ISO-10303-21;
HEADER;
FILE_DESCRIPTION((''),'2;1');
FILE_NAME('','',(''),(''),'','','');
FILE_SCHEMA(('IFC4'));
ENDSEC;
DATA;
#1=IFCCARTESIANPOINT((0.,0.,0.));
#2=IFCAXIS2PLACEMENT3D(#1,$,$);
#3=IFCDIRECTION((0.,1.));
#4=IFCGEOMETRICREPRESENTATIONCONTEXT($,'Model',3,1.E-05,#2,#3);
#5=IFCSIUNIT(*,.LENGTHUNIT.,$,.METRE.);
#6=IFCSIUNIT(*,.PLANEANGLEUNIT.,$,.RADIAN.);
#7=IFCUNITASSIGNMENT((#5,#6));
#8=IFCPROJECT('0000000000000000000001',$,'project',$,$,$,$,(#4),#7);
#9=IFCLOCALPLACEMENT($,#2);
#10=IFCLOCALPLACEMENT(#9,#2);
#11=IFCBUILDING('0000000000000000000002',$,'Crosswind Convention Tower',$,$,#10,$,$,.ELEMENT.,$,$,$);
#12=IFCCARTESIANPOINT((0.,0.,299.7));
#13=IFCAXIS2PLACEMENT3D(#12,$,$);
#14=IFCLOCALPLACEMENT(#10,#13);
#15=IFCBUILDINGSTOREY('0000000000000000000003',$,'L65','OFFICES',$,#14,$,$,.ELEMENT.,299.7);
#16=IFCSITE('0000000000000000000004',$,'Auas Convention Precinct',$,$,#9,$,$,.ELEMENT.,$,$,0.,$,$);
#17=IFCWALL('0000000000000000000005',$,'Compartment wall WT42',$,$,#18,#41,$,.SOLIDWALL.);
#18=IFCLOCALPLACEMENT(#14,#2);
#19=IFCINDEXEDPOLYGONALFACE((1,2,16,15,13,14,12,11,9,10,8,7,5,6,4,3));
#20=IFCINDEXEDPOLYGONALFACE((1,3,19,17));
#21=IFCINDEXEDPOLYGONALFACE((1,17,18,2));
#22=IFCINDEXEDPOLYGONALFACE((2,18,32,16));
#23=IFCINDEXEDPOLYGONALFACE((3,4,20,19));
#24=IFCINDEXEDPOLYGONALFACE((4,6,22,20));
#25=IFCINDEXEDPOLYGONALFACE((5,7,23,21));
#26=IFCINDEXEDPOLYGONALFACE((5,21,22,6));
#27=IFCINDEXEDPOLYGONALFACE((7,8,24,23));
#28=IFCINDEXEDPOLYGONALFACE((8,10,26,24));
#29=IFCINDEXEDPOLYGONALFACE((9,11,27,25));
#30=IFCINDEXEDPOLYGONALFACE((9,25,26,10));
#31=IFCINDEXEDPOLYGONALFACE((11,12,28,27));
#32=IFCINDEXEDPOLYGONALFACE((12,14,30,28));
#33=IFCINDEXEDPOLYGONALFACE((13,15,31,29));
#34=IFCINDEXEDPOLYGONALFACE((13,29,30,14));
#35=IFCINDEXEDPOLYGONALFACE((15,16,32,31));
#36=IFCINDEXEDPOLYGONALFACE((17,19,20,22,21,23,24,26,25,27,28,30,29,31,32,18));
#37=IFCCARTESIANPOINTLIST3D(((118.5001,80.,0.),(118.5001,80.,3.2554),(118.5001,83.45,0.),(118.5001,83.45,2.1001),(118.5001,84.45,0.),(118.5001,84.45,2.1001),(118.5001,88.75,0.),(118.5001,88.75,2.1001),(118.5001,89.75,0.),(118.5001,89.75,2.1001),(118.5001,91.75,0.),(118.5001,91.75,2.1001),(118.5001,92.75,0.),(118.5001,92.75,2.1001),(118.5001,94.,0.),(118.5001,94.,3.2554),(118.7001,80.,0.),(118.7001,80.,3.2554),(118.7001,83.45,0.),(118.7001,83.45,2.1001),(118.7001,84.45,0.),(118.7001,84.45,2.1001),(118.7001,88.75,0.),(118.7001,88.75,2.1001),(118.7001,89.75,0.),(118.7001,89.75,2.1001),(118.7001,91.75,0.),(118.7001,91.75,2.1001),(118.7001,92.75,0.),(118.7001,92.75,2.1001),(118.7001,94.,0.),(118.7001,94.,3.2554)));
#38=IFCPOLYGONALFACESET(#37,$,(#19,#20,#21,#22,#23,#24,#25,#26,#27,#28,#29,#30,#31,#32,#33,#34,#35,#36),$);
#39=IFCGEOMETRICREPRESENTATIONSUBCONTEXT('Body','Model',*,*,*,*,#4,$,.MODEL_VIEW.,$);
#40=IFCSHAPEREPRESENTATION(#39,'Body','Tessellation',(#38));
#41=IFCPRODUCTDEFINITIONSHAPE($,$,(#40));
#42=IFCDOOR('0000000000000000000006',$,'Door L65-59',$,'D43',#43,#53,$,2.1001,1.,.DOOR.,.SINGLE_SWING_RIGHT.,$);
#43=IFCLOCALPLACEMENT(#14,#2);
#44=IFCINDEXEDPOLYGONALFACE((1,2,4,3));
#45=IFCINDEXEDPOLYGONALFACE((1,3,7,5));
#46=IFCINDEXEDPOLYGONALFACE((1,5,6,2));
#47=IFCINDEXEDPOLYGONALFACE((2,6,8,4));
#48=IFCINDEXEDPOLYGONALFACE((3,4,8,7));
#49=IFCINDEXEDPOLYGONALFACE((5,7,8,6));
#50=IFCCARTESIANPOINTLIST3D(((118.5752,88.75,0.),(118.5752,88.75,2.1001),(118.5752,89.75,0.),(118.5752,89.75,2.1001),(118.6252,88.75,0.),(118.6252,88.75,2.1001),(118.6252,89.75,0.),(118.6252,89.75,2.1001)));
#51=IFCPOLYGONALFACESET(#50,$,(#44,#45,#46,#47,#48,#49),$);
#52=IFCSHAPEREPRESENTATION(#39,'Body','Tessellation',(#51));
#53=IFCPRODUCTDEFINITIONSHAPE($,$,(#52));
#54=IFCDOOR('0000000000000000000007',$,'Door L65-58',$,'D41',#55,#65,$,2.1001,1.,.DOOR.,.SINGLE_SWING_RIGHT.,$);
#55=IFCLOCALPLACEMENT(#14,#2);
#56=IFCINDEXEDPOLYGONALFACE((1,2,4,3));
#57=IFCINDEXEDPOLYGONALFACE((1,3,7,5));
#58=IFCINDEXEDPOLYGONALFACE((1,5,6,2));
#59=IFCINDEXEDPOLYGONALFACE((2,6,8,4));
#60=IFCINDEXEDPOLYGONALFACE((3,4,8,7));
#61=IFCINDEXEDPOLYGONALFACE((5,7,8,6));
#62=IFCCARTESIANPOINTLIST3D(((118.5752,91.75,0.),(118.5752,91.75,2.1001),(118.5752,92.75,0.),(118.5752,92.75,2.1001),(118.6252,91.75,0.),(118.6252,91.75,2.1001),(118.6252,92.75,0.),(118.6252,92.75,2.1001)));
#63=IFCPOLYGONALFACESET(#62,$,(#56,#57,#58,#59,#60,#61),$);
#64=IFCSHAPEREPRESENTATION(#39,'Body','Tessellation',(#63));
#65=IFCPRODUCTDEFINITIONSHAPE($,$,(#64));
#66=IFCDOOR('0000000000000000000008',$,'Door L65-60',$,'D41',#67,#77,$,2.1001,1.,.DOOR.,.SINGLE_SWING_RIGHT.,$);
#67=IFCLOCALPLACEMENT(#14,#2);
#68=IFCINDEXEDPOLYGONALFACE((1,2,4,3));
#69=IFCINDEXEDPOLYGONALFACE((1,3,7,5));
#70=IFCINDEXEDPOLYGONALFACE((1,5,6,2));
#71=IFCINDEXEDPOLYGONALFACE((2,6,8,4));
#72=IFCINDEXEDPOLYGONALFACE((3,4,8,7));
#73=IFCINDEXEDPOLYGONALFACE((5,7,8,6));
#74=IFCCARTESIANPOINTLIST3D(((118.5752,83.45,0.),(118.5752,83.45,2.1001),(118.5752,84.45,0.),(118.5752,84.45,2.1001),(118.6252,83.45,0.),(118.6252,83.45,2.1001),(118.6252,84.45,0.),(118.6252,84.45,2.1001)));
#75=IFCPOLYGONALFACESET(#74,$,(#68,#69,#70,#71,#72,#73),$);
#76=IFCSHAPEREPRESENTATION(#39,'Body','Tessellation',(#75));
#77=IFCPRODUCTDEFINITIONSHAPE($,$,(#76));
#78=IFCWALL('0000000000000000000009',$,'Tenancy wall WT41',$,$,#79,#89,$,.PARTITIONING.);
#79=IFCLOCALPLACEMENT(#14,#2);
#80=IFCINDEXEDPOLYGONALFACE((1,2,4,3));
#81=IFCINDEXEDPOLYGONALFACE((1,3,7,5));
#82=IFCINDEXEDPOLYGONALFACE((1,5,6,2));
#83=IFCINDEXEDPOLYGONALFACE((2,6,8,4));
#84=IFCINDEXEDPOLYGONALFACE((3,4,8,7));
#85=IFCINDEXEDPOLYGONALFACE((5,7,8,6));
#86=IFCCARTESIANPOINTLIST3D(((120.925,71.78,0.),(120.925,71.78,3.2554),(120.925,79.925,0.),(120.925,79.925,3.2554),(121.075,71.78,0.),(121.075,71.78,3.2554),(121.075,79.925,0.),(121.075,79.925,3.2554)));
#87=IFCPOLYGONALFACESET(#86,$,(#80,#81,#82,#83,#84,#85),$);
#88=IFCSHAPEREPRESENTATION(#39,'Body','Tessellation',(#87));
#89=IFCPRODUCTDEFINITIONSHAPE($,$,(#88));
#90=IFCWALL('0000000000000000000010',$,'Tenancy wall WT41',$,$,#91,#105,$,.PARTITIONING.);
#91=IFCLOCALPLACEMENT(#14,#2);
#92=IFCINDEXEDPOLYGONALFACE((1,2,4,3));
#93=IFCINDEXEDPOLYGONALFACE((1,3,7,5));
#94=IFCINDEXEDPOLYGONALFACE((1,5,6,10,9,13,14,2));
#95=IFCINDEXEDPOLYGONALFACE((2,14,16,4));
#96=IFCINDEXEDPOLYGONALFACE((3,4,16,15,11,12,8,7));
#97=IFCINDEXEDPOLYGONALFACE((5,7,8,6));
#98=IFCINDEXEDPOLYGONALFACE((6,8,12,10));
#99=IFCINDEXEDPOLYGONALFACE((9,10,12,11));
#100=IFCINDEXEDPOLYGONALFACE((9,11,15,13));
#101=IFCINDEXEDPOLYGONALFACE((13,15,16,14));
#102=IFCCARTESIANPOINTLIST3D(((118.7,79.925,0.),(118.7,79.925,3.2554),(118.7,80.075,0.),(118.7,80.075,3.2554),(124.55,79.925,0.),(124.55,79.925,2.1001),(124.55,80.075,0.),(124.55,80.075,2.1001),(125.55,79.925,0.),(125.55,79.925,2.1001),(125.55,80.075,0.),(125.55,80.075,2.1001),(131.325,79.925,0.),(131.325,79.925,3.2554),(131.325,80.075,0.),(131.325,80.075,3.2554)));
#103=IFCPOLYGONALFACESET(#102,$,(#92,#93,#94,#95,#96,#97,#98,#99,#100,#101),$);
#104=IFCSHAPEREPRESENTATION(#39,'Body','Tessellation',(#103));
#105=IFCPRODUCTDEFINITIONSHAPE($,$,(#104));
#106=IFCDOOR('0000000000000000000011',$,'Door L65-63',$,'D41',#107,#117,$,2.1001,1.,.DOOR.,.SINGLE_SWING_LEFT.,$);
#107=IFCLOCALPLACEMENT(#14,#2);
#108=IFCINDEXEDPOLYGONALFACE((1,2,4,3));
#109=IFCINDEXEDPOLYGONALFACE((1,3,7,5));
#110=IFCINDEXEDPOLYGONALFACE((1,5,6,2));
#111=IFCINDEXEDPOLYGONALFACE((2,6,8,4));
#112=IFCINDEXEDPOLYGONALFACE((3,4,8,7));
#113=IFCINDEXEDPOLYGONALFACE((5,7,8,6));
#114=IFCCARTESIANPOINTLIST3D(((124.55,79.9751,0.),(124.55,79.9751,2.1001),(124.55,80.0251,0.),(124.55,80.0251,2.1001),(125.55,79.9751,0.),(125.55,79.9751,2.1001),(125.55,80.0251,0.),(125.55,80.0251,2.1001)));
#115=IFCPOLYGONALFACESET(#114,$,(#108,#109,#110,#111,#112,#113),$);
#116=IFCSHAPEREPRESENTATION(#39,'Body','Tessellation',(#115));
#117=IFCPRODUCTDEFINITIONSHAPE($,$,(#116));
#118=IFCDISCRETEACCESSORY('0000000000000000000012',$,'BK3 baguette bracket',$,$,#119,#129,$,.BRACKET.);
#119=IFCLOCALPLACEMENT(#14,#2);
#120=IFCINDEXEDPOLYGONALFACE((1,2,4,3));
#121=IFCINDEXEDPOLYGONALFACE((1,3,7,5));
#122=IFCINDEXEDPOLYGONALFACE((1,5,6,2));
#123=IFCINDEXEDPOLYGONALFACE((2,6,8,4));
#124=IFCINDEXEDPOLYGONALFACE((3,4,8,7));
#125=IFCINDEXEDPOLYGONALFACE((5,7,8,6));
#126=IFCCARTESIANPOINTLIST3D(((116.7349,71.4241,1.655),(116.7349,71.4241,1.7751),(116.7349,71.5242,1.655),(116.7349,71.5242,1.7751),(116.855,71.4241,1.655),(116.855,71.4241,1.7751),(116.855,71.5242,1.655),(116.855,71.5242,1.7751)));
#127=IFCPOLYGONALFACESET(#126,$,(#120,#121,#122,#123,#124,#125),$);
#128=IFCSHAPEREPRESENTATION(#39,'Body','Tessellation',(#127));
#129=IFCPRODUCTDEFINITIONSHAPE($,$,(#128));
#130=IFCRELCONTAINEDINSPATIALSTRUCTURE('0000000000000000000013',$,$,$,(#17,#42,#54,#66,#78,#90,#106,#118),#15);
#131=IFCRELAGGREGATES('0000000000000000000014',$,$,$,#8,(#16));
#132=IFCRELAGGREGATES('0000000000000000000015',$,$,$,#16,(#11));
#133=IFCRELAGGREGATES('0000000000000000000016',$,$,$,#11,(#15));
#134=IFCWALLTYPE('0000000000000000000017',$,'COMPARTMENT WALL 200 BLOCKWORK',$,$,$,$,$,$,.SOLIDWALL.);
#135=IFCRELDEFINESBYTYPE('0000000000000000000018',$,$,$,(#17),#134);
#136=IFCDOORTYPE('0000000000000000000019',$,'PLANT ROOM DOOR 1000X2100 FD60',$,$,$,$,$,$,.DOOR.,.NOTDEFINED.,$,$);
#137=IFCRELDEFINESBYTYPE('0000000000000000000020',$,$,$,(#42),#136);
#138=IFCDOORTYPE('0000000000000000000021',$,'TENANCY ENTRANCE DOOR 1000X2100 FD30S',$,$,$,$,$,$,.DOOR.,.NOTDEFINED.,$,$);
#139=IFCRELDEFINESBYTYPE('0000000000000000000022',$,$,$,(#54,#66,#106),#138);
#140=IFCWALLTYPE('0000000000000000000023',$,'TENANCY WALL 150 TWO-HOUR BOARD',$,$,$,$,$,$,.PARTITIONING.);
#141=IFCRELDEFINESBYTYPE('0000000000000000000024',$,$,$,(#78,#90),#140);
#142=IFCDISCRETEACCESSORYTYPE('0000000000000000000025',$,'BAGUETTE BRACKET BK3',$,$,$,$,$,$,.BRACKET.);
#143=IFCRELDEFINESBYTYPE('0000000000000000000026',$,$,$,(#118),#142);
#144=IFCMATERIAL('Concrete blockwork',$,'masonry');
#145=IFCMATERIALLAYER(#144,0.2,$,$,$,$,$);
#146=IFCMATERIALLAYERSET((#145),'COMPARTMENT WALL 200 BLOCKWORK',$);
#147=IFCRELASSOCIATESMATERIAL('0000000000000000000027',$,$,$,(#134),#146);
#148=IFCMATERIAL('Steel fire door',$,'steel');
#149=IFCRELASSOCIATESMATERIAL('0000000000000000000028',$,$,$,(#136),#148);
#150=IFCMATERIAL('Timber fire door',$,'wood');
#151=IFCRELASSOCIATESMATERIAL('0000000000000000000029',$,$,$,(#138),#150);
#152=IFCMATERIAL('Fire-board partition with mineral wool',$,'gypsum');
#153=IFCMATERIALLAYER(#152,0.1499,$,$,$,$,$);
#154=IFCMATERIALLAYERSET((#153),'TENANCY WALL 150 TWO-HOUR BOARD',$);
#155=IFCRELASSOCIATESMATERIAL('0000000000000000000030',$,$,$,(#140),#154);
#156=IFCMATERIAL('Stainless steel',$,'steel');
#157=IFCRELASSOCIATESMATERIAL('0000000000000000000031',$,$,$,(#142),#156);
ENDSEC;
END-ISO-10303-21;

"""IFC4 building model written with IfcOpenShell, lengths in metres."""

from ifc_helpers import new_model, si_unit, direction, frame, frame_2d, origin, origin_2d, place, context, subcontext, project, spatial, rectangle, extrude, material, layer, layer_set, type_object, element, fill, save


model = new_model("IFC4")

# Units and contexts
model_context = context("Model", 3, precision=1e-05, world=origin(), true_north=direction((0.0, 1.0)))
body_context = subcontext(model_context, "Body", "Model", "MODEL_VIEW")
ifc_project = project(units=[si_unit("LENGTHUNIT", "METRE"), si_unit("PLANEANGLEUNIT", "RADIAN")], contexts=[model_context])

# Site, building, storey
site_placement = place(None, origin())
site = spatial("IfcSite", under=ifc_project, at=site_placement, Name="Auas Convention Precinct", CompositionType="ELEMENT", RefElevation=0.0)
building_placement = place(site_placement, origin())
building = spatial("IfcBuilding", under=site, at=building_placement, Name="Crosswind Convention Tower", CompositionType="ELEMENT")
storey_placement = place(building_placement, frame((0.0, 0.0, 299.7)))
storey = spatial("IfcBuildingStorey", under=building, at=storey_placement, Name="L65", Description="OFFICES", CompositionType="ELEMENT", Elevation=299.7)

# Wall, openings, doors
ifc_material_1 = material(Name="Concrete blockwork", Category="masonry")
ifc_layer_1 = layer(ifc_material_1, 0.2)
ifc_layer_set_1 = layer_set([ifc_layer_1], Name="COMPARTMENT WALL 200 BLOCKWORK")
wall_type_1 = type_object("IfcWallType", Name="COMPARTMENT WALL 200 BLOCKWORK", PredefinedType="SOLIDWALL", material=ifc_layer_set_1)
wall_1_placement = place(storey_placement, frame((118.6001, 80.0, 0.0), z_axis=(0.0, 0.0, 1.0), x_axis=(0.0, 1.0, 0.0)))
wall_1 = element("IfcWall", 1, at=wall_1_placement, inside=storey, type_object=wall_type_1, Name="Compartment wall WT42", PredefinedType="SOLIDWALL", context=body_context, shape_type="SweptSolid", body=[
    extrude(rectangle(XDim=14.0, YDim=0.2, at=frame_2d((7.0, 0.0))), origin(), (0.0, 0.0, 1.0), 3.2554),
])
opening_1_placement = place(wall_1_placement, frame((11.75, 0.0, 0.0)))
opening_1 = element("IfcOpeningElement", 2, at=opening_1_placement, cuts=wall_1, PredefinedType="OPENING", context=body_context, shape_type="SweptSolid", body=[
    extrude(rectangle(XDim=1.0, YDim=2.1001, at=frame_2d((0.5, 1.05))), frame((0.0, 0.1099, 0.0), z_axis=(0.0, -1.0, 0.0), x_axis=(1.0, 0.0, 0.0)), (0.0, 0.0, 1.0), 0.22),
])
opening_2_placement = place(wall_1_placement, frame((8.75, 0.0, 0.0)))
opening_2 = element("IfcOpeningElement", 3, at=opening_2_placement, cuts=wall_1, PredefinedType="OPENING", context=body_context, shape_type="SweptSolid", body=[
    extrude(rectangle(XDim=1.0, YDim=2.1001, at=frame_2d((0.5, 1.05))), frame((0.0, 0.1099, 0.0), z_axis=(0.0, -1.0, 0.0), x_axis=(1.0, 0.0, 0.0)), (0.0, 0.0, 1.0), 0.22),
])
opening_3_placement = place(wall_1_placement, frame((3.45, 0.0, 0.0)))
opening_3 = element("IfcOpeningElement", 4, at=opening_3_placement, cuts=wall_1, PredefinedType="OPENING", context=body_context, shape_type="SweptSolid", body=[
    extrude(rectangle(XDim=1.0, YDim=2.1001, at=frame_2d((0.5, 1.05))), frame((0.0, 0.1099, 0.0), z_axis=(0.0, -1.0, 0.0), x_axis=(1.0, 0.0, 0.0)), (0.0, 0.0, 1.0), 0.22),
])
ifc_material_2 = material(Name="Steel fire door", Category="steel")
door_type_1 = type_object("IfcDoorType", Name="PLANT ROOM DOOR 1000X2100 FD60", OperationType="NOTDEFINED", PredefinedType="DOOR", material=ifc_material_2)
door_1_placement = place(opening_2_placement, origin())
door_1 = element("IfcDoor", 5, at=door_1_placement, inside=storey, type_object=door_type_1, Name="Door L65-59", ObjectType="D43", OperationType="SINGLE_SWING_RIGHT", OverallHeight=2.1001, OverallWidth=1.0, PredefinedType="DOOR", context=body_context, shape_type="SweptSolid", body=[
    extrude(rectangle(XDim=1.0, YDim=2.1001, at=frame_2d((0.5, 1.05))), frame((0.0, 0.0249, 0.0), z_axis=(0.0, -1.0, 0.0), x_axis=(1.0, 0.0, 0.0)), (0.0, 0.0, 1.0), 0.05),
])
fill(opening_2, door_1)
ifc_material_3 = material(Name="Timber fire door", Category="wood")
door_type_2 = type_object("IfcDoorType", Name="TENANCY ENTRANCE DOOR 1000X2100 FD30S", OperationType="NOTDEFINED", PredefinedType="DOOR", material=ifc_material_3)
door_2_placement = place(opening_1_placement, origin())
door_2 = element("IfcDoor", 6, at=door_2_placement, inside=storey, type_object=door_type_2, Name="Door L65-58", ObjectType="D41", OperationType="SINGLE_SWING_RIGHT", OverallHeight=2.1001, OverallWidth=1.0, PredefinedType="DOOR", context=body_context, shape_type="SweptSolid", body=[
    extrude(rectangle(XDim=1.0, YDim=2.1001, at=frame_2d((0.5, 1.05))), frame((0.0, 0.0249, 0.0), z_axis=(0.0, -1.0, 0.0), x_axis=(1.0, 0.0, 0.0)), (0.0, 0.0, 1.0), 0.05),
])
fill(opening_1, door_2)
door_3_placement = place(opening_3_placement, origin())
door_3 = element("IfcDoor", 7, at=door_3_placement, inside=storey, type_object=door_type_2, Name="Door L65-60", ObjectType="D41", OperationType="SINGLE_SWING_RIGHT", OverallHeight=2.1001, OverallWidth=1.0, PredefinedType="DOOR", context=body_context, shape_type="SweptSolid", body=[
    extrude(rectangle(XDim=1.0, YDim=2.1001, at=frame_2d((0.5, 1.05))), frame((0.0, 0.0249, 0.0), z_axis=(0.0, -1.0, 0.0), x_axis=(1.0, 0.0, 0.0)), (0.0, 0.0, 1.0), 0.05),
])
fill(opening_3, door_3)

# Wall
ifc_material_4 = material(Name="Fire-board partition with mineral wool", Category="gypsum")
ifc_layer_2 = layer(ifc_material_4, 0.1499)
ifc_layer_set_2 = layer_set([ifc_layer_2], Name="TENANCY WALL 150 TWO-HOUR BOARD")
wall_type_2 = type_object("IfcWallType", Name="TENANCY WALL 150 TWO-HOUR BOARD", PredefinedType="PARTITIONING", material=ifc_layer_set_2)
wall_2_placement = place(storey_placement, frame((121.0, 71.78, 0.0), z_axis=(0.0, 0.0, 1.0), x_axis=(0.0, 1.0, 0.0)))
element("IfcWall", 8, at=wall_2_placement, inside=storey, type_object=wall_type_2, Name="Tenancy wall WT41", PredefinedType="PARTITIONING", context=body_context, shape_type="SweptSolid", body=[
    extrude(rectangle(XDim=8.145, YDim=0.1499, at=frame_2d((4.0725, 0.0))), origin(), (0.0, 0.0, 1.0), 3.2554),
])

# Wall, opening, door
wall_3_placement = place(storey_placement, frame((118.7, 80.0, 0.0), z_axis=(0.0, 0.0, 1.0), x_axis=(1.0, 0.0, 0.0)))
wall_3 = element("IfcWall", 9, at=wall_3_placement, inside=storey, type_object=wall_type_2, Name="Tenancy wall WT41", PredefinedType="PARTITIONING", context=body_context, shape_type="SweptSolid", body=[
    extrude(rectangle(XDim=12.625, YDim=0.1499, at=frame_2d((6.3125, 0.0))), origin(), (0.0, 0.0, 1.0), 3.2554),
])
opening_4_placement = place(wall_3_placement, frame((5.8501, 0.0, 0.0)))
opening_4 = element("IfcOpeningElement", 10, at=opening_4_placement, cuts=wall_3, PredefinedType="OPENING", context=body_context, shape_type="SweptSolid", body=[
    extrude(rectangle(XDim=1.0, YDim=2.1001, at=frame_2d((0.5, 1.05))), frame((0.0, 0.085, 0.0), z_axis=(0.0, -1.0, 0.0), x_axis=(1.0, 0.0, 0.0)), (0.0, 0.0, 1.0), 0.1699),
])
door_4_placement = place(opening_4_placement, frame((1.0, 0.0, 0.0), z_axis=(0.0, 0.0, 1.0), x_axis=(-1.0, 0.0, 0.0)))
door_4 = element("IfcDoor", 11, at=door_4_placement, inside=storey, type_object=door_type_2, Name="Door L65-63", ObjectType="D41", OperationType="SINGLE_SWING_LEFT", OverallHeight=2.1001, OverallWidth=1.0, PredefinedType="DOOR", context=body_context, shape_type="SweptSolid", body=[
    extrude(rectangle(XDim=1.0, YDim=2.1001, at=frame_2d((0.5, 1.05))), frame((0.0, 0.0249, 0.0), z_axis=(0.0, -1.0, 0.0), x_axis=(1.0, 0.0, 0.0)), (0.0, 0.0, 1.0), 0.05),
])
fill(opening_4, door_4)

# Discrete accessory
ifc_material_5 = material(Name="Stainless steel", Category="steel")
discrete_accessory_type = type_object("IfcDiscreteAccessoryType", Name="BAGUETTE BRACKET BK3", PredefinedType="BRACKET", material=ifc_material_5)
discrete_accessory_placement = place(storey_placement, frame((116.7949, 71.4741, 1.655), z_axis=(0.0, 0.0, 1.0), x_axis=(1.0, 0.0, 0.0)))
element("IfcDiscreteAccessory", 12, at=discrete_accessory_placement, inside=storey, type_object=discrete_accessory_type, Name="BK3 baguette bracket", PredefinedType="BRACKET", context=body_context, shape_type="SweptSolid", body=[
    extrude(rectangle(XDim=0.1201, YDim=0.1001, at=origin_2d()), origin(), (0.0, 0.0, 1.0), 0.1201),
])

save(model, "model.ifc")
